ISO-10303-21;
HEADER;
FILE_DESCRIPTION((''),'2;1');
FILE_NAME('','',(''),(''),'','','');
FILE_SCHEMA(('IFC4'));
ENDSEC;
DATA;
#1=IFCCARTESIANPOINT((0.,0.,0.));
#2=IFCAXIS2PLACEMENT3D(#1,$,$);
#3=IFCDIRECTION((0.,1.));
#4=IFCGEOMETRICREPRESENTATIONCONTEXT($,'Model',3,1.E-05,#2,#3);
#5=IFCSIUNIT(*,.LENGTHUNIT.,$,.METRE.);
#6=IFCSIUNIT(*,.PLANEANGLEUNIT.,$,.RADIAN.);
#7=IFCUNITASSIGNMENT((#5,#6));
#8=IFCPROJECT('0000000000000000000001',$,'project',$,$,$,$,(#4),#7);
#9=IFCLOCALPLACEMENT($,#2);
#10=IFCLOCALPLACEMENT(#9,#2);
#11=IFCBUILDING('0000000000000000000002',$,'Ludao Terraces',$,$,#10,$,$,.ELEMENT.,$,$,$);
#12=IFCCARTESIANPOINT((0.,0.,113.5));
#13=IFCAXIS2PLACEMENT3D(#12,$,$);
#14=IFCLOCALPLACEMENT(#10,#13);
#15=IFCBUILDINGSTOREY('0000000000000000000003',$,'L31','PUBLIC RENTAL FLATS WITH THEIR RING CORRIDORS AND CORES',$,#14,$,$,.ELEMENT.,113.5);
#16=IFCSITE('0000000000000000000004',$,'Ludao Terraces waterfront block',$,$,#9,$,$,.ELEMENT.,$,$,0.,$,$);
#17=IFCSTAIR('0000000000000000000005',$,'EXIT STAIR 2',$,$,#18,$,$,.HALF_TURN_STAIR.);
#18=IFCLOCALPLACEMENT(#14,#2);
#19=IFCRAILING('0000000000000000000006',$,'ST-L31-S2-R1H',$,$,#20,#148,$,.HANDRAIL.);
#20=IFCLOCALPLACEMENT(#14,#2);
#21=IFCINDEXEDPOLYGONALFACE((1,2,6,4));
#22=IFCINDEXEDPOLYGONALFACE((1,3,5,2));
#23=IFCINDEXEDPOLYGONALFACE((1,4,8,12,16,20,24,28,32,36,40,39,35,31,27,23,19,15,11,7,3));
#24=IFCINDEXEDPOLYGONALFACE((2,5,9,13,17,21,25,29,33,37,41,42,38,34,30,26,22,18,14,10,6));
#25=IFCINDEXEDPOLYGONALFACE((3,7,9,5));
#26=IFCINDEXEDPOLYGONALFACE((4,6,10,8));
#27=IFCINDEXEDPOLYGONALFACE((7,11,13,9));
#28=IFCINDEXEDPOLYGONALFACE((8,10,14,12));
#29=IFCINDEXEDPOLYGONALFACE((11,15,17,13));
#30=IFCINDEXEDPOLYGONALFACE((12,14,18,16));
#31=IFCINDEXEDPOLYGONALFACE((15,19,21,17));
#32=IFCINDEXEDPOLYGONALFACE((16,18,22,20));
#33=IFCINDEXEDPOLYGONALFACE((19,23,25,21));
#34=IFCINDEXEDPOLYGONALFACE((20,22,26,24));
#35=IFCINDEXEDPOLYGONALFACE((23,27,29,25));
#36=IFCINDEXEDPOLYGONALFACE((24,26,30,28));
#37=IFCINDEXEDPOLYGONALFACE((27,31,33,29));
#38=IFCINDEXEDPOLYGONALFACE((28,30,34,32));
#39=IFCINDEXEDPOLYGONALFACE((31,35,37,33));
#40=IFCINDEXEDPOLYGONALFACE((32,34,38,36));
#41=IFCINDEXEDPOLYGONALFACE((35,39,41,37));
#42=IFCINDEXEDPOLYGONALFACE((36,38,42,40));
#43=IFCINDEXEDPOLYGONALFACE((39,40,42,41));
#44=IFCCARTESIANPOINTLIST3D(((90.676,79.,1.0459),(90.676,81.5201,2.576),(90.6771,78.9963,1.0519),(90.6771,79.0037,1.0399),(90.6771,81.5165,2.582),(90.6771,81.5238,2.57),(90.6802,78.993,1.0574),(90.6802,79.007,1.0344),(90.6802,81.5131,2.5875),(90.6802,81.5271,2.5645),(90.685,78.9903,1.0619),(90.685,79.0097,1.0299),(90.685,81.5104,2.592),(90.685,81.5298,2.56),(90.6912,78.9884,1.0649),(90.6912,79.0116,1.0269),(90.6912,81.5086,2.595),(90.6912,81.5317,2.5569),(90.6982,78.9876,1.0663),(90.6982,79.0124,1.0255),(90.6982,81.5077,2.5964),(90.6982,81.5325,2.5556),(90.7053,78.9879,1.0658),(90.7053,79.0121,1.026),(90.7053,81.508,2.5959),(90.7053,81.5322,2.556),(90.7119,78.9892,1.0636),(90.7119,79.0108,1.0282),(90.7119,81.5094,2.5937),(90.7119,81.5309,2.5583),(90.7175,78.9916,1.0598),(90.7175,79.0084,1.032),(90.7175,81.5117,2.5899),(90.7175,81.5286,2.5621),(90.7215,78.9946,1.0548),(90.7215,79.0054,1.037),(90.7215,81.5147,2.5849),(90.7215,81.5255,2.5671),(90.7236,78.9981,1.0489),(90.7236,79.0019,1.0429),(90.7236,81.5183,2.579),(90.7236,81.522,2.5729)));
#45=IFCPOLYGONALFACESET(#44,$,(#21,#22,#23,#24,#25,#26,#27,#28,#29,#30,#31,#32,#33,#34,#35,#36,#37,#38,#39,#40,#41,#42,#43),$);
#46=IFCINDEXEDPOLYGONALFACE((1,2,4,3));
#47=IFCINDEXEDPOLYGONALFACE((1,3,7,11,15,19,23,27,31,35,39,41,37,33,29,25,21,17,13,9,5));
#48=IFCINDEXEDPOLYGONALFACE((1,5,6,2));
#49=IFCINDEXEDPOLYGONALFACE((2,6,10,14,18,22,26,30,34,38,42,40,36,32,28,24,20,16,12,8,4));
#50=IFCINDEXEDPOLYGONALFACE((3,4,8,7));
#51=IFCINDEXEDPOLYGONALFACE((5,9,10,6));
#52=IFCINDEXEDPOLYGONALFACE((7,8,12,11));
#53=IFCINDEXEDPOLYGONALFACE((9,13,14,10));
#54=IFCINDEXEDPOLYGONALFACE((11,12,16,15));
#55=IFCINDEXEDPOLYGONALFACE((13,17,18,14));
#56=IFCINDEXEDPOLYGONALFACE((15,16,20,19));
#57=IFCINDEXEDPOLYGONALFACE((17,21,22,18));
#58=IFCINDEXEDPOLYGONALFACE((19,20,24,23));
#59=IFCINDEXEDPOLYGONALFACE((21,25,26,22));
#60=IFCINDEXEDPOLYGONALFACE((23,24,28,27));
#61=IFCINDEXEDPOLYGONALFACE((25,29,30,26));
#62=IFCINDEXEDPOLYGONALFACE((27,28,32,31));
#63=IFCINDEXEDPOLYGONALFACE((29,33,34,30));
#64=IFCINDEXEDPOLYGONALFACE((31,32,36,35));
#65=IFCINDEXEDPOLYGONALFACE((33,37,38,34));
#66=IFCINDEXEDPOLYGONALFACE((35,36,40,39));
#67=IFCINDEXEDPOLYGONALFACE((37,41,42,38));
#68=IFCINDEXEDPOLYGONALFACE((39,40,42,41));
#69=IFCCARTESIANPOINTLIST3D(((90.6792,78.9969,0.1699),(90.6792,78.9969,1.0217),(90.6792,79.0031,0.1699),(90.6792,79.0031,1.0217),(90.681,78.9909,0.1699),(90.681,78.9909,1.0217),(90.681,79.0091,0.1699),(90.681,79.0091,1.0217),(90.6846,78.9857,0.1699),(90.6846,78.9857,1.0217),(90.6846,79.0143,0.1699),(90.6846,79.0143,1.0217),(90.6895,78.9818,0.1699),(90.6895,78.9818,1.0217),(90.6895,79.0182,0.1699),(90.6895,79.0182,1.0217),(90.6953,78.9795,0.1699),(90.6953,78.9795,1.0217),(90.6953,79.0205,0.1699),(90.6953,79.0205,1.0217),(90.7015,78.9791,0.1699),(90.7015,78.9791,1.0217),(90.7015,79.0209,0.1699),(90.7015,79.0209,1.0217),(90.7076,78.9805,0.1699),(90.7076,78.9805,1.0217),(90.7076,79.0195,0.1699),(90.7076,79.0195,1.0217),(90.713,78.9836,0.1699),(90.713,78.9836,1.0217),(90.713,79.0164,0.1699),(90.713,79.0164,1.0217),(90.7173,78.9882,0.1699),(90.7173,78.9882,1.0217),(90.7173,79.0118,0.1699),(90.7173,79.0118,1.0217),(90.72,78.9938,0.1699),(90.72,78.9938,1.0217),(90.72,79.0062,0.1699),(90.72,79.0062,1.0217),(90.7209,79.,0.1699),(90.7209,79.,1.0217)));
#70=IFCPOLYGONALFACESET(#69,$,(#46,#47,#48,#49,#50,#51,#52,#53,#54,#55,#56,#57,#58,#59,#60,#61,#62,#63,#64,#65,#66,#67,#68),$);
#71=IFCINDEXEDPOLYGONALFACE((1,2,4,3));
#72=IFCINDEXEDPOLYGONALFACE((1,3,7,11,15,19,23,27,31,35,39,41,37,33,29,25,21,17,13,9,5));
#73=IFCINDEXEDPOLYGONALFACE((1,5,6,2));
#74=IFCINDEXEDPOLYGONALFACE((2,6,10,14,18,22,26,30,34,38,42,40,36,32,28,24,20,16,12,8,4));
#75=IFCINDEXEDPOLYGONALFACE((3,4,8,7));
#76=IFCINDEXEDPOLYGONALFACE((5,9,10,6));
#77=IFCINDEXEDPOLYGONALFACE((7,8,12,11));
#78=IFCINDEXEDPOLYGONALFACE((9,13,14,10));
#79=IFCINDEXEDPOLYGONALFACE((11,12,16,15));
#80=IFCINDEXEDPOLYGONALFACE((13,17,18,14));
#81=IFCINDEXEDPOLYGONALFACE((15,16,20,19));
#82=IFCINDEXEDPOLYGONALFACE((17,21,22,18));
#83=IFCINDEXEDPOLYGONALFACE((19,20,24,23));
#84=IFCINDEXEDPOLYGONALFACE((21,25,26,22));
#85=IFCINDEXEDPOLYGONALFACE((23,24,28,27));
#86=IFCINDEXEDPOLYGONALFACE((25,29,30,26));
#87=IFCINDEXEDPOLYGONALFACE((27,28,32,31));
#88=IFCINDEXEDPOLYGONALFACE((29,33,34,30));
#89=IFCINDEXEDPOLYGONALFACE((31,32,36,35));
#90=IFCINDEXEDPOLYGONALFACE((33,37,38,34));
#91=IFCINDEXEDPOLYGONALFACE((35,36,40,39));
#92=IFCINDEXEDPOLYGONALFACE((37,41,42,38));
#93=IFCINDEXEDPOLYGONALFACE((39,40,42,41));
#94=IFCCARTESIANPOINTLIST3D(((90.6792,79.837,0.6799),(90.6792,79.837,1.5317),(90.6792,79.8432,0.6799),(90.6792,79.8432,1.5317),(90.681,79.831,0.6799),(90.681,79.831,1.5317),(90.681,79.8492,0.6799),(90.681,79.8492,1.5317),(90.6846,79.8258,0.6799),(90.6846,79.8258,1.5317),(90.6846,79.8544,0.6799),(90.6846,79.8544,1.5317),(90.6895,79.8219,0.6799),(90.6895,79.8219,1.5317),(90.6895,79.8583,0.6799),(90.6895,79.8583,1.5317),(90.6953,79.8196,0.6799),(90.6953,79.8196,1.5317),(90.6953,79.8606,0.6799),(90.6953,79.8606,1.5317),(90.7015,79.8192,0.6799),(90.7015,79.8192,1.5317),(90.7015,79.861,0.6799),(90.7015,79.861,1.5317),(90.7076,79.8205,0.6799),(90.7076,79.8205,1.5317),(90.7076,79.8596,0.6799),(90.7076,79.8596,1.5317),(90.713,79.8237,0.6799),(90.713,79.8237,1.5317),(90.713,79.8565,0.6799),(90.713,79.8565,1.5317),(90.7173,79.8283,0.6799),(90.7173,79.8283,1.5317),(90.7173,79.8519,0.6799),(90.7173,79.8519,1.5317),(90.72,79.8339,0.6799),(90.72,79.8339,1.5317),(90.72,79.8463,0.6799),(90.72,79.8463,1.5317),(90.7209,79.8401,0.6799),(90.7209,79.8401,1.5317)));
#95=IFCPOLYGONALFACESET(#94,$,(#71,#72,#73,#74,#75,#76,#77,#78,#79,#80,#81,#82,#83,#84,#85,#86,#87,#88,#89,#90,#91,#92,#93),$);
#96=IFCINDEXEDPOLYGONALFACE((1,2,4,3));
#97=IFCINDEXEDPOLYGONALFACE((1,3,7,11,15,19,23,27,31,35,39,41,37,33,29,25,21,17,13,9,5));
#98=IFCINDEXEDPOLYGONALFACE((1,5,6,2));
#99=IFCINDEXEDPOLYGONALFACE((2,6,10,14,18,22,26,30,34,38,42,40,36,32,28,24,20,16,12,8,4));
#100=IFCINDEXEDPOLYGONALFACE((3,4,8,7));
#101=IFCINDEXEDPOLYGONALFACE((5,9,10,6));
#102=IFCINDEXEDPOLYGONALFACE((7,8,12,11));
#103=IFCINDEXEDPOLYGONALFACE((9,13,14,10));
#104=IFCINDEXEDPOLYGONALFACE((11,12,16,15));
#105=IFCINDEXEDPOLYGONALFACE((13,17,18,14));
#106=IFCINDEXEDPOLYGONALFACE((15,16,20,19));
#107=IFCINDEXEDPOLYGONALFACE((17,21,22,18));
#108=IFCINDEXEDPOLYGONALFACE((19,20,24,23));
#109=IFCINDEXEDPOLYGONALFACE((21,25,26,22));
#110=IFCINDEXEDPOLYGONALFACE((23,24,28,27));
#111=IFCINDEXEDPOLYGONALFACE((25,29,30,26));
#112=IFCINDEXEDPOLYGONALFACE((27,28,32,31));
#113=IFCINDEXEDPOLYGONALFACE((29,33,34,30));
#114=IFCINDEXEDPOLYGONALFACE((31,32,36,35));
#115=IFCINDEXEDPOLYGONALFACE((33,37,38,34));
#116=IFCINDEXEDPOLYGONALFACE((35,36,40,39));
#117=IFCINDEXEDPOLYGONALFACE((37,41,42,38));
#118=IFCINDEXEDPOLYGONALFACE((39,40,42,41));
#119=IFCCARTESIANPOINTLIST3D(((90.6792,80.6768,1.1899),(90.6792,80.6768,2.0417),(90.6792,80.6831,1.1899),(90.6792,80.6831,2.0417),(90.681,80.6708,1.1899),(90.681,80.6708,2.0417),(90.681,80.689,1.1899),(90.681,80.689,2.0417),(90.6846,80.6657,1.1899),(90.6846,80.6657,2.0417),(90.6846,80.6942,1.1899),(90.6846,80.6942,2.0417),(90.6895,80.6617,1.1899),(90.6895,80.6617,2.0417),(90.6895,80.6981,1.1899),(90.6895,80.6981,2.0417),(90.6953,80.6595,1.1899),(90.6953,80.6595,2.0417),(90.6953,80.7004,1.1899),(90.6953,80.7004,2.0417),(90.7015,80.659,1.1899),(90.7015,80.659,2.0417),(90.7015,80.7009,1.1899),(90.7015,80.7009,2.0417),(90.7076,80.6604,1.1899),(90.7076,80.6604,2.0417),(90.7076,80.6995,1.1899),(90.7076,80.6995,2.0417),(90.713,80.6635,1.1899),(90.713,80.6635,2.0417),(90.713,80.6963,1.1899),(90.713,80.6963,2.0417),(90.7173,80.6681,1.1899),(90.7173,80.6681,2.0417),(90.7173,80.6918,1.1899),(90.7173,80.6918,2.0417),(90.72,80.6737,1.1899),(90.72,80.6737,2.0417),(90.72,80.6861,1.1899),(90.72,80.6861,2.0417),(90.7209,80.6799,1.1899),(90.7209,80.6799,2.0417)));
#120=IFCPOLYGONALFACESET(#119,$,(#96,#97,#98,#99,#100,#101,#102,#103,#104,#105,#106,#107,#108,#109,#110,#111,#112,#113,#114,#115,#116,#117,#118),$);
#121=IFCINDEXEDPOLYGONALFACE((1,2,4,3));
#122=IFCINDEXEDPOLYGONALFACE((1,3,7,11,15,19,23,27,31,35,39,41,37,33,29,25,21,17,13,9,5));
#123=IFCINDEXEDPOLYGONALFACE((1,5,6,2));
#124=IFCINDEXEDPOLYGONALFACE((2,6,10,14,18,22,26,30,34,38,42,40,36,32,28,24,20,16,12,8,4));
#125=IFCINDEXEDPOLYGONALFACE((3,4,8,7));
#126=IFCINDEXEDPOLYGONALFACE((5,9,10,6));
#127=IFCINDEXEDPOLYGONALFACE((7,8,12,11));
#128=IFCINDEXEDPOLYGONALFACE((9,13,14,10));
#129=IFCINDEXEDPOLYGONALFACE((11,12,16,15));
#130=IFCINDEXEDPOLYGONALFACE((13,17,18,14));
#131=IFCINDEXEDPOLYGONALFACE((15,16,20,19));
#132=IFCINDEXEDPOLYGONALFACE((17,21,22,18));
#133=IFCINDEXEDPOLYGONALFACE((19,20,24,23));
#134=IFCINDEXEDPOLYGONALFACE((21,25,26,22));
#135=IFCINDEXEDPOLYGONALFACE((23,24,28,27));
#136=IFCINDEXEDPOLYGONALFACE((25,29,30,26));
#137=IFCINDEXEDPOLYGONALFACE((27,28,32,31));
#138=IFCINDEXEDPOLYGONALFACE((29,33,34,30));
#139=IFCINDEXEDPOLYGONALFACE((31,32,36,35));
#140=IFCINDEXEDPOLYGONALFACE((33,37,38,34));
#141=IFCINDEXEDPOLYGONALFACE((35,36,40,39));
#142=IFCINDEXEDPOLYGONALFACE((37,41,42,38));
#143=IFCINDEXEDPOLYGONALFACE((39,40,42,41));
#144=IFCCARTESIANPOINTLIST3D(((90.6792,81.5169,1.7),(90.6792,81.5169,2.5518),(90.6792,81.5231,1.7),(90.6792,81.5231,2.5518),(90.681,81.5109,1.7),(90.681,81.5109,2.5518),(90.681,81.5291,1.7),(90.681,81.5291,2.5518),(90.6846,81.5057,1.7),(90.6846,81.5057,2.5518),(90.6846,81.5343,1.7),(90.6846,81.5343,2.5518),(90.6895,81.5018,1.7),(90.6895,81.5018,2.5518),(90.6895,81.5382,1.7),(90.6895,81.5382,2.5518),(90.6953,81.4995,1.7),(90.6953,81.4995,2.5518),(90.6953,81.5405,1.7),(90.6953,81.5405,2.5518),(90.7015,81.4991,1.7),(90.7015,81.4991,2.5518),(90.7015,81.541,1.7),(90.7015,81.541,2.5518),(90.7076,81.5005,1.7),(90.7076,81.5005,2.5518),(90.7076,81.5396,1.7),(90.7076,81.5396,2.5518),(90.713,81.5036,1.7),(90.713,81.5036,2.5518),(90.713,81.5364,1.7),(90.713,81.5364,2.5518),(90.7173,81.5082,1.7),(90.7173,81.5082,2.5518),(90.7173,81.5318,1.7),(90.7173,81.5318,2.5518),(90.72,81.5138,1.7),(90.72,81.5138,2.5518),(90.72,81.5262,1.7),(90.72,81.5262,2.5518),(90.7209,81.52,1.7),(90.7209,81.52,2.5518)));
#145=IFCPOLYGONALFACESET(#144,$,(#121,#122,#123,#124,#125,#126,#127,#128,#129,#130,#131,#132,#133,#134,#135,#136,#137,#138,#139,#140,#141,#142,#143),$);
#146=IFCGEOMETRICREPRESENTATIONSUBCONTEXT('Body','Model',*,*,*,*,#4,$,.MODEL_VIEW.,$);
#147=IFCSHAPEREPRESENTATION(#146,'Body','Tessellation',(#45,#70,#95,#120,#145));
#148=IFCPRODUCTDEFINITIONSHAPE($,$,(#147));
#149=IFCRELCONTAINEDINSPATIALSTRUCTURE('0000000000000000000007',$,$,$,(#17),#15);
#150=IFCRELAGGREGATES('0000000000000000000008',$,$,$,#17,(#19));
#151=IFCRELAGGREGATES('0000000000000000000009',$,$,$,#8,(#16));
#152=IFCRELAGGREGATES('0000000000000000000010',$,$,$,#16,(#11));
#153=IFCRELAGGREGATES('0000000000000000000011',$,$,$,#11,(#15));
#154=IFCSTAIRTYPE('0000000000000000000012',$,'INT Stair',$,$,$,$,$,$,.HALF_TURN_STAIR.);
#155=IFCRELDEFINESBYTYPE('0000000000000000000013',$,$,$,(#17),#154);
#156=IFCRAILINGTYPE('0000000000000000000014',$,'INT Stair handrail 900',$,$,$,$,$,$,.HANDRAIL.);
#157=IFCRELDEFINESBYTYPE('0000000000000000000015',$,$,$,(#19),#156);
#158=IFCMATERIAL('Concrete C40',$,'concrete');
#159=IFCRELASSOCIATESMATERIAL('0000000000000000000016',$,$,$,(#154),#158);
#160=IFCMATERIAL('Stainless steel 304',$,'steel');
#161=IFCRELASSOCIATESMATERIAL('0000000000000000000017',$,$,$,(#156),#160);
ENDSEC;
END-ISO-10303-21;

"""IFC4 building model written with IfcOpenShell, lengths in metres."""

from ifc_helpers import new_model, si_unit, direction, frame, origin, origin_2d, place, context, subcontext, project, spatial, circle, extrude, material, type_object, element, aggregate, save


model = new_model("IFC4")

# Units and contexts
model_context = context("Model", 3, precision=1e-05, world=origin(), true_north=direction((0.0, 1.0)))
body_context = subcontext(model_context, "Body", "Model", "MODEL_VIEW")
ifc_project = project(units=[si_unit("LENGTHUNIT", "METRE"), si_unit("PLANEANGLEUNIT", "RADIAN")], contexts=[model_context])

# Site, building, storey
site_placement = place(None, origin())
site = spatial("IfcSite", under=ifc_project, at=site_placement, Name="Ludao Terraces waterfront block", CompositionType="ELEMENT", RefElevation=0.0)
building_placement = place(site_placement, origin())
building = spatial("IfcBuilding", under=site, at=building_placement, Name="Ludao Terraces", CompositionType="ELEMENT")
storey_placement = place(building_placement, frame((0.0, 0.0, 113.5)))
storey = spatial("IfcBuildingStorey", under=building, at=storey_placement, Name="L31", Description="PUBLIC RENTAL FLATS WITH THEIR RING CORRIDORS AND CORES", CompositionType="ELEMENT", Elevation=113.5)

# Shared definitions
ifc_material_1 = material(Name="Concrete C40", Category="concrete")

# Stair, railing
stair_type = type_object("IfcStairType", Name="INT Stair", PredefinedType="HALF_TURN_STAIR", material=ifc_material_1)
stair_placement = place(storey_placement, origin())
stair = element("IfcStair", 1, at=stair_placement, inside=storey, type_object=stair_type, Name="EXIT STAIR 2", PredefinedType="HALF_TURN_STAIR")
ifc_material_2 = material(Name="Stainless steel 304", Category="steel")
railing_type_1 = type_object("IfcRailingType", Name="INT Stair handrail 900", PredefinedType="HANDRAIL", material=ifc_material_2)
railing_1_placement = place(storey_placement, frame((90.7, 79.0, 0.1699)))
railing_1 = element("IfcRailing", 2, at=railing_1_placement, type_object=railing_type_1, Name="ST-L31-S2-R1H", PredefinedType="HANDRAIL", context=body_context, shape_type="SweptSolid", body=[
    extrude(circle(Radius=0.0239, at=origin_2d()), frame((0.0, 0.0, 0.876), z_axis=(0.0, 0.854785, 0.518982), x_axis=(-1.0, 0.0, 0.0)), (0.0, 0.0, 1.0), 2.9482),
    extrude(circle(Radius=0.021, at=origin_2d()), origin(), (0.0, 0.0, 1.0), 0.8518),
    extrude(circle(Radius=0.021, at=origin_2d()), frame((0.0, 0.8401, 0.51)), (0.0, 0.0, 1.0), 0.8518),
    extrude(circle(Radius=0.021, at=origin_2d()), frame((0.0, 1.6799, 1.02)), (0.0, 0.0, 1.0), 0.8518),
    extrude(circle(Radius=0.021, at=origin_2d()), frame((0.0, 2.52, 1.53)), (0.0, 0.0, 1.0), 0.8518),
])
aggregate(stair, [railing_1])

save(model, "model.ifc")
